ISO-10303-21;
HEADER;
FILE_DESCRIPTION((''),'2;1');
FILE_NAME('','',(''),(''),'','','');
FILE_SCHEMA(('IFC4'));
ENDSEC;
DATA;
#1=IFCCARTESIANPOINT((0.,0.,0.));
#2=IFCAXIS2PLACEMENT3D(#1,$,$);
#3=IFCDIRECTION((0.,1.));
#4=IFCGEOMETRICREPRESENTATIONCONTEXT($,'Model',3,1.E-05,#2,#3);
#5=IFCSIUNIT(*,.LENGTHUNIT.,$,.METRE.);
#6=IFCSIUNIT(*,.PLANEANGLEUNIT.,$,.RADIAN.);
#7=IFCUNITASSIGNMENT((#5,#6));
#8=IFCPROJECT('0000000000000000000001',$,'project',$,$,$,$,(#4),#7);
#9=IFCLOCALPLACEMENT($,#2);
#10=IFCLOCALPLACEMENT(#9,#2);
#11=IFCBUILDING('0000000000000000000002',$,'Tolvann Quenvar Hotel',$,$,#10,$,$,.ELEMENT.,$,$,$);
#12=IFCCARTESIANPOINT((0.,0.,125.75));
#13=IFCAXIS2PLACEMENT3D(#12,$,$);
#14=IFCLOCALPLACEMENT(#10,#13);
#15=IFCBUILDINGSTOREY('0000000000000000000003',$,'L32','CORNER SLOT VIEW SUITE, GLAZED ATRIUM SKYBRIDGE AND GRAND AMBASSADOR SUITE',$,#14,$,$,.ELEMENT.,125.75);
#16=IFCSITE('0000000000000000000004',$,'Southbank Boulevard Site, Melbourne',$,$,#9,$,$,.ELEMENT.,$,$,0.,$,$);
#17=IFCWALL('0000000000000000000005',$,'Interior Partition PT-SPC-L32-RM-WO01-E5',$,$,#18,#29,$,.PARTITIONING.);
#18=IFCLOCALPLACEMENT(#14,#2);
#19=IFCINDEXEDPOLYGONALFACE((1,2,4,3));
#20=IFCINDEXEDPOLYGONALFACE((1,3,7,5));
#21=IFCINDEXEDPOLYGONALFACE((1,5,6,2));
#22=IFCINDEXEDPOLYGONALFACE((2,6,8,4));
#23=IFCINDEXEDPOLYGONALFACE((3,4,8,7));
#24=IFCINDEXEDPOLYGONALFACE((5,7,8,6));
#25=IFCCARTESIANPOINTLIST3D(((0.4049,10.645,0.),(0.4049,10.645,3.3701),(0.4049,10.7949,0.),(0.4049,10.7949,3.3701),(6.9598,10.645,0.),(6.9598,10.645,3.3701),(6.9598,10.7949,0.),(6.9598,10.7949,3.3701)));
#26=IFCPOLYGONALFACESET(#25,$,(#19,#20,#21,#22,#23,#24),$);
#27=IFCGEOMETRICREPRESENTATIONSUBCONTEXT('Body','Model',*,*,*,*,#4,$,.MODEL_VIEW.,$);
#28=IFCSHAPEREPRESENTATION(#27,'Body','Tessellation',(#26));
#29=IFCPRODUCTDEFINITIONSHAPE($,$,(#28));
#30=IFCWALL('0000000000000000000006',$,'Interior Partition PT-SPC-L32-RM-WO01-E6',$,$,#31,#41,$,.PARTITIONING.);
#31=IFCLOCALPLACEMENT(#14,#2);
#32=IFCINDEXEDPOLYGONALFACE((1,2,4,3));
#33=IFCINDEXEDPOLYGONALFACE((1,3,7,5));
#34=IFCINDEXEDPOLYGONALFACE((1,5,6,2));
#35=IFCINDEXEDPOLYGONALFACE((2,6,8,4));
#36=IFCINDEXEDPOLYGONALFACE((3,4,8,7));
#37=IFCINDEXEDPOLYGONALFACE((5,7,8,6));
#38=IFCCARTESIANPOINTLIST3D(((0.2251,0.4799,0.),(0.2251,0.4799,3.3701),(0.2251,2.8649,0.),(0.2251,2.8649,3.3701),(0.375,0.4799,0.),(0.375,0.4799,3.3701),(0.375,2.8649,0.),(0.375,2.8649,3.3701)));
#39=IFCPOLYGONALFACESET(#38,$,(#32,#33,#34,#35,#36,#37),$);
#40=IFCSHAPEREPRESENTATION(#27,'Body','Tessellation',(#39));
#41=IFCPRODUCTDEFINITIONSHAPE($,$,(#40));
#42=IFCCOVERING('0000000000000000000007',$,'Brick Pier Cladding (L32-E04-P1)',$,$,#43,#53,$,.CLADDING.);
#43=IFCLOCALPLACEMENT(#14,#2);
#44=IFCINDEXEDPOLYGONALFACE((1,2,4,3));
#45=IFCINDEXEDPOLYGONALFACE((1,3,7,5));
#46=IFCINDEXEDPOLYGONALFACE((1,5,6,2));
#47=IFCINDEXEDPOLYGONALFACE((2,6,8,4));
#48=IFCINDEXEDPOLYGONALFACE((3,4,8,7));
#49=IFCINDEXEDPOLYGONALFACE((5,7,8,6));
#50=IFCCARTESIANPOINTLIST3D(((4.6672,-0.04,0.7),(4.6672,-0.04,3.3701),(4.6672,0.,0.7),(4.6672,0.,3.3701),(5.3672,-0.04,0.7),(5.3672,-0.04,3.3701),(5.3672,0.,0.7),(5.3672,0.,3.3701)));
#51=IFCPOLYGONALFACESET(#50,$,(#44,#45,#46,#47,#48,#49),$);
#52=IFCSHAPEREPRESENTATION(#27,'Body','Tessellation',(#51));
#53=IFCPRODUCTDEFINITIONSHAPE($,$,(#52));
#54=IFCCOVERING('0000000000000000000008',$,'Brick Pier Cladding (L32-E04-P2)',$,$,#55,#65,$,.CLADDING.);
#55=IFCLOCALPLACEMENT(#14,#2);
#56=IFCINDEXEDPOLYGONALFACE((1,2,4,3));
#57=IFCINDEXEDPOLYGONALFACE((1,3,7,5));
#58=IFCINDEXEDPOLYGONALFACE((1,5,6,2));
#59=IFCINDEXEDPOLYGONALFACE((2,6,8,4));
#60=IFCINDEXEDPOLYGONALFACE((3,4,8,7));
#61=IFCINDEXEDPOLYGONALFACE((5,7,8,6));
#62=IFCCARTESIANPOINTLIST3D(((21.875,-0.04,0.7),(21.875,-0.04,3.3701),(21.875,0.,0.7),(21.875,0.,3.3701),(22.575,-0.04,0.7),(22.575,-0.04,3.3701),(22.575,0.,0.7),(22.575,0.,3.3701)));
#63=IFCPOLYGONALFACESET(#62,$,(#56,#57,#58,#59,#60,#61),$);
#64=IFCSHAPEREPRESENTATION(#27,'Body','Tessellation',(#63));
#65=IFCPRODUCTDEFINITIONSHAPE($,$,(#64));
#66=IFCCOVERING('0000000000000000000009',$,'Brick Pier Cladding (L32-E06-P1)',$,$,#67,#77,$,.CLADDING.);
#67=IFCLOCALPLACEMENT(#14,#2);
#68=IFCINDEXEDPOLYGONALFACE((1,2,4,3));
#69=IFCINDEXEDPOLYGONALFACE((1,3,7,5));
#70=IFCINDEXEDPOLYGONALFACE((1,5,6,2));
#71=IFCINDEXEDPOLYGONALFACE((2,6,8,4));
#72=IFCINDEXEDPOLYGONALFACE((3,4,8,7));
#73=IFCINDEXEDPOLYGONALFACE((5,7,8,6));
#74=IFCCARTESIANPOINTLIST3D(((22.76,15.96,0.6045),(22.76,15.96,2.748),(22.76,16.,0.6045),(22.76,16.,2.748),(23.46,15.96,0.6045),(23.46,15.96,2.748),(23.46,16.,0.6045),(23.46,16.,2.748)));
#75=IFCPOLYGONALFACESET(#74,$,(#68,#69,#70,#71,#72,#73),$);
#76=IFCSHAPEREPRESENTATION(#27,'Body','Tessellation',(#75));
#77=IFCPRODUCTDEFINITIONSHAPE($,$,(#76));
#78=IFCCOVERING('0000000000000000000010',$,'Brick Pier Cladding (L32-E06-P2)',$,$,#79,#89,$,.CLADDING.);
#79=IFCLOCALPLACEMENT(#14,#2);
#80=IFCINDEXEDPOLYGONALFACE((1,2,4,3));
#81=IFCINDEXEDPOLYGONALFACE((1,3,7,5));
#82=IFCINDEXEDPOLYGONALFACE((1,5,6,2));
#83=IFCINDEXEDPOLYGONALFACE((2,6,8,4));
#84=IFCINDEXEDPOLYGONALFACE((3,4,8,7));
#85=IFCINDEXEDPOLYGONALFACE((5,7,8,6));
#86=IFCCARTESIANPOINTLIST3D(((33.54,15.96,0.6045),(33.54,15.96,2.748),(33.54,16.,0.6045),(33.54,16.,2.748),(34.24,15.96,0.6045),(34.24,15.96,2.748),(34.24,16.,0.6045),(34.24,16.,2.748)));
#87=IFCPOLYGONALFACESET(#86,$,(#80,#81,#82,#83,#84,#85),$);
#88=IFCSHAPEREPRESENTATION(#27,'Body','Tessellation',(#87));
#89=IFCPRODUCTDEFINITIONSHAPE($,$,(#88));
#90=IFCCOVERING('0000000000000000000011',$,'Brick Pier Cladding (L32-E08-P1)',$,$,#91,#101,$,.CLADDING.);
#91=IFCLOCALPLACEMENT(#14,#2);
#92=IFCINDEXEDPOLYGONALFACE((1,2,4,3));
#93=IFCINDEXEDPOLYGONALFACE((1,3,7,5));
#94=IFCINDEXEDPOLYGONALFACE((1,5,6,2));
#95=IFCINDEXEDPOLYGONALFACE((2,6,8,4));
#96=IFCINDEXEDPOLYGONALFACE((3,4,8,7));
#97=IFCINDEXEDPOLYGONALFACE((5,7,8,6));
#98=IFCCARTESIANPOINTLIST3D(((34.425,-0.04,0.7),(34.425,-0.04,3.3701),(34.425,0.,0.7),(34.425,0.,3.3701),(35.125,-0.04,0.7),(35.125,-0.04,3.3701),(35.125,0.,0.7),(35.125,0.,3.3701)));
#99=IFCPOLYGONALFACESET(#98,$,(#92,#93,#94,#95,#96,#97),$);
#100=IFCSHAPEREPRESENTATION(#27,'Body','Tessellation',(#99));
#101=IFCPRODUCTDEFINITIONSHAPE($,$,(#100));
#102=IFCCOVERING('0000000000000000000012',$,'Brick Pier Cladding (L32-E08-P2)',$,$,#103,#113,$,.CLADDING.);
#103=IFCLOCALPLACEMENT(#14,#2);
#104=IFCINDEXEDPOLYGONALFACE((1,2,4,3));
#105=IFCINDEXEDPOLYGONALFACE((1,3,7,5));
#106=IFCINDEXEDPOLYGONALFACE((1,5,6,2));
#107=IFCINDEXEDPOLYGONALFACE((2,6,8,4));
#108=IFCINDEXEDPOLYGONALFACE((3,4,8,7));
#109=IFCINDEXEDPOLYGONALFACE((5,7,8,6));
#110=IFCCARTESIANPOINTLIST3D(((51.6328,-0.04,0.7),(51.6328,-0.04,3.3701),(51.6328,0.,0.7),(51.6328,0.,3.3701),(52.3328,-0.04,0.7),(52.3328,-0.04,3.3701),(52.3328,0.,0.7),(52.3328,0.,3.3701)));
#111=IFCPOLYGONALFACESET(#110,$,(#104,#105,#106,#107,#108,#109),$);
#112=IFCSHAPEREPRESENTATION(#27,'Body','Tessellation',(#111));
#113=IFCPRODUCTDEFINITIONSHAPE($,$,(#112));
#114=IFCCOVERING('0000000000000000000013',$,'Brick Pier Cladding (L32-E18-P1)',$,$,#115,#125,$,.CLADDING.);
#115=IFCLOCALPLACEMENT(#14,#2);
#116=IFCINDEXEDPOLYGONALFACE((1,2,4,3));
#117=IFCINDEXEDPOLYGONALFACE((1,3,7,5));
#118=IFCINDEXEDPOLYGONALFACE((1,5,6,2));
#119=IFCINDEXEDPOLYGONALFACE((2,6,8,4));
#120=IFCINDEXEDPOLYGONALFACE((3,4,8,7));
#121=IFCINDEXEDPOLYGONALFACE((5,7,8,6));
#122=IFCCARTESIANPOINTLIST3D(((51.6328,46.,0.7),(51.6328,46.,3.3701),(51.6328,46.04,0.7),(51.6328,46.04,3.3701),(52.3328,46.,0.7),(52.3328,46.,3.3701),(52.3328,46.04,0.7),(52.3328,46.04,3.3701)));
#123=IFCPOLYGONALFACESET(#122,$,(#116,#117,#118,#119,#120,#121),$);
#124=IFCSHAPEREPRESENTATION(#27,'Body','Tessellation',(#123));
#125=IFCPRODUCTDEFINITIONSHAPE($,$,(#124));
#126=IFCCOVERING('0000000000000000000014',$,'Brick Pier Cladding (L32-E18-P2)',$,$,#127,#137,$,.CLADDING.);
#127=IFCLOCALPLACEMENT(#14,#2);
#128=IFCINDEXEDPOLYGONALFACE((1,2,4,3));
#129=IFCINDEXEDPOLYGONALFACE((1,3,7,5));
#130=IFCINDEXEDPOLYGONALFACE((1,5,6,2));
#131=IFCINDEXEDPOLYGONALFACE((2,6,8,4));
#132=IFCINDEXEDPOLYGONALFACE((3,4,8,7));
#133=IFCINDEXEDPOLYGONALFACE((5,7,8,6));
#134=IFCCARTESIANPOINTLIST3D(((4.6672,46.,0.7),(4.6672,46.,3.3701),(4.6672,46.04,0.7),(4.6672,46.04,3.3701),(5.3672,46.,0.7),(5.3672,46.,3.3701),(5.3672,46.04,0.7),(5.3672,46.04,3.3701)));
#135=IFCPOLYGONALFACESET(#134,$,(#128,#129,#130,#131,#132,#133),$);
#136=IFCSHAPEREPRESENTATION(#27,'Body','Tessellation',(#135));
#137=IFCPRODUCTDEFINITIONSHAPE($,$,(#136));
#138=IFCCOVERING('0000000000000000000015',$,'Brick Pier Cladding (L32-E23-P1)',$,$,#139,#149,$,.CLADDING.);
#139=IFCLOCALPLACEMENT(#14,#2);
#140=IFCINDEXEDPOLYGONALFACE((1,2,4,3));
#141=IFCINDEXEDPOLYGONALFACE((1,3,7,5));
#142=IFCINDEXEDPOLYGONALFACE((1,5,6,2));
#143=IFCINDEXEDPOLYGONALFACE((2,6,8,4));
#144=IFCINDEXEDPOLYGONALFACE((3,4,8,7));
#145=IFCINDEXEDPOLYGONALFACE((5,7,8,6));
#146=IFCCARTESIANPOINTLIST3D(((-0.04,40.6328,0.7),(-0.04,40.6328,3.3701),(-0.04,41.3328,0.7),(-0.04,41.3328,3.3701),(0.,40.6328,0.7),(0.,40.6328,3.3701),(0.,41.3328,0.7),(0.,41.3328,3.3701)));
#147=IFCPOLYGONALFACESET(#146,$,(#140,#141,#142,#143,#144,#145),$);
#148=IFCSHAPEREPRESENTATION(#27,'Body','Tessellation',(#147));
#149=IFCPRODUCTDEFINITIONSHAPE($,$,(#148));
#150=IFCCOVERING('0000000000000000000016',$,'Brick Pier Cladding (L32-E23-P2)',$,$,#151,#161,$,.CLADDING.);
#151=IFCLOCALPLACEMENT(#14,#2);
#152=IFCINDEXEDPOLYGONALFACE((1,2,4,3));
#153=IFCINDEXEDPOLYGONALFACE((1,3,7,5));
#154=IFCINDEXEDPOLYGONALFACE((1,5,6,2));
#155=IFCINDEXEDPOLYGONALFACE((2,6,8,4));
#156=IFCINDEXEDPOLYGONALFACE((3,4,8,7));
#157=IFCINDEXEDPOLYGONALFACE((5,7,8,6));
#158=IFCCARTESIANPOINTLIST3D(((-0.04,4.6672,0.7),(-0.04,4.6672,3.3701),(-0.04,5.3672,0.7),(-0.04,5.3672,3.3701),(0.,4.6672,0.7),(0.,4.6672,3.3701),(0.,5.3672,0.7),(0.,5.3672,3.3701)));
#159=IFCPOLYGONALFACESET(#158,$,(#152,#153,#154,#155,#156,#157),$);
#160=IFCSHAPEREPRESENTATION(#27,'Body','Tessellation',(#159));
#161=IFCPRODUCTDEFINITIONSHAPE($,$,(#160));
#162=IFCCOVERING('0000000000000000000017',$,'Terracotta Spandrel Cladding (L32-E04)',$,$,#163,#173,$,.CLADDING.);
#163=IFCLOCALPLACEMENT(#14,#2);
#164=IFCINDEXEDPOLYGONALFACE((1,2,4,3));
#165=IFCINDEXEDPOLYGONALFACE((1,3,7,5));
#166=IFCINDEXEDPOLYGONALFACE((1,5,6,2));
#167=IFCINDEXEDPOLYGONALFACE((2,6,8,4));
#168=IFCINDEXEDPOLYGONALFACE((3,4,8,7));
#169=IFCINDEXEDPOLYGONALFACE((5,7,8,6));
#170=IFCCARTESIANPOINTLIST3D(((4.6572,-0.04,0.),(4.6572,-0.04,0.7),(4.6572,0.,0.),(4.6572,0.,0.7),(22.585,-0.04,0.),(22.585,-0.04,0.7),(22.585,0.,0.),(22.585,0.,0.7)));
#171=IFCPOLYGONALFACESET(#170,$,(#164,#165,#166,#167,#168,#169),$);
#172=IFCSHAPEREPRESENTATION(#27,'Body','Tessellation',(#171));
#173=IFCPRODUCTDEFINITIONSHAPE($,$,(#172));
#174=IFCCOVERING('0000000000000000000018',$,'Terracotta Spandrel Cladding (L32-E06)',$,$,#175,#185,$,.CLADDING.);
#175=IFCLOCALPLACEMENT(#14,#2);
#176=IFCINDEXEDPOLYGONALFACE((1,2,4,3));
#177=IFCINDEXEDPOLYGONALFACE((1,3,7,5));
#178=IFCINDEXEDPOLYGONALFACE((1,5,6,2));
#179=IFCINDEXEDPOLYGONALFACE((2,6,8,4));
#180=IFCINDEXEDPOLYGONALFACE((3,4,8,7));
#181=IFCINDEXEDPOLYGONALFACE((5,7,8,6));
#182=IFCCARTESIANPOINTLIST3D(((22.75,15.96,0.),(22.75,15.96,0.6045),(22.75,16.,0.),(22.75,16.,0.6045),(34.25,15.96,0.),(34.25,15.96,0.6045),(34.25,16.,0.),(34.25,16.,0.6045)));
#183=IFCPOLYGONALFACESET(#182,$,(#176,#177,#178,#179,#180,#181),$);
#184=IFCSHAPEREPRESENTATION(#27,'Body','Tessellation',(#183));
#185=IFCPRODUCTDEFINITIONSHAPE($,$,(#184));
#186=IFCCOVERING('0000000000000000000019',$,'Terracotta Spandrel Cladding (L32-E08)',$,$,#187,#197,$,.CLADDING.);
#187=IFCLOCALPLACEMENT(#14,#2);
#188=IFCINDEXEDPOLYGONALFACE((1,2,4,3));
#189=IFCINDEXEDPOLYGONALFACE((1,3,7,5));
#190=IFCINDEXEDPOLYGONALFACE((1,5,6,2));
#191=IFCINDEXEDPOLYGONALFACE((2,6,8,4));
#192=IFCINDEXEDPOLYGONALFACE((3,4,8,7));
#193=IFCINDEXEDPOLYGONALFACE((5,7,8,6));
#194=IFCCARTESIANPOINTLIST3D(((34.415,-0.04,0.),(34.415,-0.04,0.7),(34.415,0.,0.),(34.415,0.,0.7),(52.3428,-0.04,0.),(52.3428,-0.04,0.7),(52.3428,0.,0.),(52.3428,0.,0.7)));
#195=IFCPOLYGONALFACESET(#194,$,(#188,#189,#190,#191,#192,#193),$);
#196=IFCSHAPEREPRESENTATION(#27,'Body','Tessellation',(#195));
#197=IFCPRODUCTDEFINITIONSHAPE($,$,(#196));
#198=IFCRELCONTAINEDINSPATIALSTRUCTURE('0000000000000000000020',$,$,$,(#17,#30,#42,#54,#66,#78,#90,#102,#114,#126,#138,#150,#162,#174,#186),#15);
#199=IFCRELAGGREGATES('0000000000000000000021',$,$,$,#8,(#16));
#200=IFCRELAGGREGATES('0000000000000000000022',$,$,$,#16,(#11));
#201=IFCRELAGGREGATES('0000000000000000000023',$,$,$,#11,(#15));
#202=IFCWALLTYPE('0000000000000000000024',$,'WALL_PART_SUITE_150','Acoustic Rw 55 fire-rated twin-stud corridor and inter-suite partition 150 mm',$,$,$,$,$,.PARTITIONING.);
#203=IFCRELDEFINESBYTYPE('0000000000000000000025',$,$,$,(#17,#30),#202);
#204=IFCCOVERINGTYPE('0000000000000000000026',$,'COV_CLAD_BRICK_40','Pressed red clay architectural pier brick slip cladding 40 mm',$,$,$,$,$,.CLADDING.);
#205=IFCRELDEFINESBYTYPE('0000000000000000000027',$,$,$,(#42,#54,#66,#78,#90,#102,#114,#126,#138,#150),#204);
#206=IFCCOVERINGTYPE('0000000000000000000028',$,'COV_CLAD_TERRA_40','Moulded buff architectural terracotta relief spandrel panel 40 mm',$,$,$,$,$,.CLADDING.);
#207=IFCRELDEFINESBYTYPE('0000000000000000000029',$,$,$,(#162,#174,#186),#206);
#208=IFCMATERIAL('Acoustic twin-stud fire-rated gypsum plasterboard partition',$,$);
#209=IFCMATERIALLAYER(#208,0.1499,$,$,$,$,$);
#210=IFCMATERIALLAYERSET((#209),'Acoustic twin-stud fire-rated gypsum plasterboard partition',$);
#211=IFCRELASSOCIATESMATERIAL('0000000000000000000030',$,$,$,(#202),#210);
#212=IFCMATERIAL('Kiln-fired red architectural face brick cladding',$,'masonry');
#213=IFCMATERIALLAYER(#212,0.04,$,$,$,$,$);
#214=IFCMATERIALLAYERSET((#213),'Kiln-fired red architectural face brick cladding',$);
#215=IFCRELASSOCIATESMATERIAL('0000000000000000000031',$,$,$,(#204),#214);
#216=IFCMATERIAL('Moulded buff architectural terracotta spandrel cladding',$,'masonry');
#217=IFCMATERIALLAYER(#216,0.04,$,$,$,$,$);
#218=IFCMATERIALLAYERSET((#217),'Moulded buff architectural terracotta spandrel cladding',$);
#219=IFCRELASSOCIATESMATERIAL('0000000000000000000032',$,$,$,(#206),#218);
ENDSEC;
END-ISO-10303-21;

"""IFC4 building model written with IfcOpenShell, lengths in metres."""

from ifc_helpers import new_model, si_unit, direction, frame, frame_2d, origin, place, context, subcontext, project, spatial, polyline, rectangle, outline, extrude, material, layer, layer_set, type_object, element, save


model = new_model("IFC4")

# Units and contexts
model_context = context("Model", 3, precision=1e-05, world=origin(), true_north=direction((0.0, 1.0)))
body_context = subcontext(model_context, "Body", "Model", "MODEL_VIEW")
ifc_project = project(units=[si_unit("LENGTHUNIT", "METRE"), si_unit("PLANEANGLEUNIT", "RADIAN")], contexts=[model_context])

# Site, building, storey
site_placement = place(None, origin())
site = spatial("IfcSite", under=ifc_project, at=site_placement, Name="Southbank Boulevard Site, Melbourne", CompositionType="ELEMENT", RefElevation=0.0)
building_placement = place(site_placement, origin())
building = spatial("IfcBuilding", under=site, at=building_placement, Name="Tolvann Quenvar Hotel", CompositionType="ELEMENT")
storey_placement = place(building_placement, frame((0.0, 0.0, 125.75)))
storey = spatial("IfcBuildingStorey", under=building, at=storey_placement, Name="L32", Description="CORNER SLOT VIEW SUITE, GLAZED ATRIUM SKYBRIDGE AND GRAND AMBASSADOR SUITE", CompositionType="ELEMENT", Elevation=125.75)

# Walls
ifc_material_1 = material(Name="Acoustic twin-stud fire-rated gypsum plasterboard partition")
ifc_layer_1 = layer(ifc_material_1, 0.1499)
ifc_layer_set_1 = layer_set([ifc_layer_1], Name="Acoustic twin-stud fire-rated gypsum plasterboard partition")
wall_type_1 = type_object("IfcWallType", Name="WALL_PART_SUITE_150", Description="Acoustic Rw 55 fire-rated twin-stud corridor and inter-suite partition 150 mm", PredefinedType="PARTITIONING", material=ifc_layer_set_1)
wall_1_placement = place(storey_placement, frame((0.405, 10.72, 0.0), z_axis=(0.0, 0.0, 1.0), x_axis=(1.0, 0.0, 0.0)))
element("IfcWall", 1, at=wall_1_placement, inside=storey, type_object=wall_type_1, Name="Interior Partition PT-SPC-L32-RM-WO01-E5", PredefinedType="PARTITIONING", context=body_context, shape_type="SweptSolid", body=[
    extrude(rectangle(XDim=6.5549, YDim=0.1499, at=frame_2d((3.2773, 0.0))), origin(), (0.0, 0.0, 1.0), 3.3701),
])
wall_2_placement = place(storey_placement, frame((0.3, 0.48, 0.0), z_axis=(0.0, 0.0, 1.0), x_axis=(0.0, 1.0, 0.0)))
element("IfcWall", 2, at=wall_2_placement, inside=storey, type_object=wall_type_1, Name="Interior Partition PT-SPC-L32-RM-WO01-E6", PredefinedType="PARTITIONING", context=body_context, shape_type="SweptSolid", body=[
    extrude(rectangle(XDim=2.385, YDim=0.1499, at=frame_2d((1.1924, 0.0))), origin(), (0.0, 0.0, 1.0), 3.3701),
])

# Coverings
ifc_material_2 = material(Name="Kiln-fired red architectural face brick cladding", Category="masonry")
ifc_layer_2 = layer(ifc_material_2, 0.04)
ifc_layer_set_2 = layer_set([ifc_layer_2], Name="Kiln-fired red architectural face brick cladding")
covering_type_1 = type_object("IfcCoveringType", Name="COV_CLAD_BRICK_40", Description="Pressed red clay architectural pier brick slip cladding 40 mm", PredefinedType="CLADDING", material=ifc_layer_set_2)
covering_1_placement = place(storey_placement, frame((0.0, 0.0, 0.7)))
element("IfcCovering", 3, at=covering_1_placement, inside=storey, type_object=covering_type_1, Name="Brick Pier Cladding (L32-E04-P1)", PredefinedType="CLADDING", context=body_context, shape_type="SweptSolid", body=[
    extrude(outline(polyline([(4.6672, 0.0), (5.3672, 0.0), (5.3672, -0.04), (4.6672, -0.04), (4.6672, 0.0)])), origin(), (0.0, 0.0, 1.0), 2.6702),
])
covering_2_placement = place(storey_placement, frame((0.0, 0.0, 0.7)))
element("IfcCovering", 4, at=covering_2_placement, inside=storey, type_object=covering_type_1, Name="Brick Pier Cladding (L32-E04-P2)", PredefinedType="CLADDING", context=body_context, shape_type="SweptSolid", body=[
    extrude(outline(polyline([(21.875, 0.0), (22.575, 0.0), (22.575, -0.04), (21.875, -0.04), (21.875, 0.0)])), origin(), (0.0, 0.0, 1.0), 2.6702),
])
covering_3_placement = place(storey_placement, frame((0.0, 0.0, 0.6045)))
element("IfcCovering", 5, at=covering_3_placement, inside=storey, type_object=covering_type_1, Name="Brick Pier Cladding (L32-E06-P1)", PredefinedType="CLADDING", context=body_context, shape_type="SweptSolid", body=[
    extrude(outline(polyline([(22.76, 16.0), (23.46, 16.0), (23.46, 15.96), (22.76, 15.96), (22.76, 16.0)])), origin(), (0.0, 0.0, 1.0), 2.1436),
])
covering_4_placement = place(storey_placement, frame((0.0, 0.0, 0.6045)))
element("IfcCovering", 6, at=covering_4_placement, inside=storey, type_object=covering_type_1, Name="Brick Pier Cladding (L32-E06-P2)", PredefinedType="CLADDING", context=body_context, shape_type="SweptSolid", body=[
    extrude(outline(polyline([(33.54, 16.0), (34.24, 16.0), (34.24, 15.96), (33.54, 15.96), (33.54, 16.0)])), origin(), (0.0, 0.0, 1.0), 2.1436),
])
covering_5_placement = place(storey_placement, frame((0.0, 0.0, 0.7)))
element("IfcCovering", 7, at=covering_5_placement, inside=storey, type_object=covering_type_1, Name="Brick Pier Cladding (L32-E08-P1)", PredefinedType="CLADDING", context=body_context, shape_type="SweptSolid", body=[
    extrude(outline(polyline([(34.425, 0.0), (35.125, 0.0), (35.125, -0.04), (34.425, -0.04), (34.425, 0.0)])), origin(), (0.0, 0.0, 1.0), 2.6702),
])
covering_6_placement = place(storey_placement, frame((0.0, 0.0, 0.7)))
element("IfcCovering", 8, at=covering_6_placement, inside=storey, type_object=covering_type_1, Name="Brick Pier Cladding (L32-E08-P2)", PredefinedType="CLADDING", context=body_context, shape_type="SweptSolid", body=[
    extrude(outline(polyline([(51.6328, 0.0), (52.3328, 0.0), (52.3328, -0.04), (51.6328, -0.04), (51.6328, 0.0)])), origin(), (0.0, 0.0, 1.0), 2.6702),
])
covering_7_placement = place(storey_placement, frame((0.0, 0.0, 0.7)))
element("IfcCovering", 9, at=covering_7_placement, inside=storey, type_object=covering_type_1, Name="Brick Pier Cladding (L32-E18-P1)", PredefinedType="CLADDING", context=body_context, shape_type="SweptSolid", body=[
    extrude(outline(polyline([(52.3328, 46.0), (51.6328, 46.0), (51.6328, 46.04), (52.3328, 46.04), (52.3328, 46.0)])), origin(), (0.0, 0.0, 1.0), 2.6702),
])
covering_8_placement = place(storey_placement, frame((0.0, 0.0, 0.7)))
element("IfcCovering", 10, at=covering_8_placement, inside=storey, type_object=covering_type_1, Name="Brick Pier Cladding (L32-E18-P2)", PredefinedType="CLADDING", context=body_context, shape_type="SweptSolid", body=[
    extrude(outline(polyline([(5.3672, 46.0), (4.6672, 46.0), (4.6672, 46.04), (5.3672, 46.04), (5.3672, 46.0)])), origin(), (0.0, 0.0, 1.0), 2.6702),
])
covering_9_placement = place(storey_placement, frame((0.0, 0.0, 0.7)))
element("IfcCovering", 11, at=covering_9_placement, inside=storey, type_object=covering_type_1, Name="Brick Pier Cladding (L32-E23-P1)", PredefinedType="CLADDING", context=body_context, shape_type="SweptSolid", body=[
    extrude(outline(polyline([(0.0, 41.3328), (0.0, 40.6328), (-0.04, 40.6328), (-0.04, 41.3328), (0.0, 41.3328)])), origin(), (0.0, 0.0, 1.0), 2.6702),
])
covering_10_placement = place(storey_placement, frame((0.0, 0.0, 0.7)))
element("IfcCovering", 12, at=covering_10_placement, inside=storey, type_object=covering_type_1, Name="Brick Pier Cladding (L32-E23-P2)", PredefinedType="CLADDING", context=body_context, shape_type="SweptSolid", body=[
    extrude(outline(polyline([(0.0, 5.3672), (0.0, 4.6672), (-0.04, 4.6672), (-0.04, 5.3672), (0.0, 5.3672)])), origin(), (0.0, 0.0, 1.0), 2.6702),
])
ifc_material_3 = material(Name="Moulded buff architectural terracotta spandrel cladding", Category="masonry")
ifc_layer_3 = layer(ifc_material_3, 0.04)
ifc_layer_set_3 = layer_set([ifc_layer_3], Name="Moulded buff architectural terracotta spandrel cladding")
covering_type_2 = type_object("IfcCoveringType", Name="COV_CLAD_TERRA_40", Description="Moulded buff architectural terracotta relief spandrel panel 40 mm", PredefinedType="CLADDING", material=ifc_layer_set_3)
covering_11_placement = place(storey_placement, origin())
element("IfcCovering", 13, at=covering_11_placement, inside=storey, type_object=covering_type_2, Name="Terracotta Spandrel Cladding (L32-E04)", PredefinedType="CLADDING", context=body_context, shape_type="SweptSolid", body=[
    extrude(outline(polyline([(4.6572, 0.0), (22.585, 0.0), (22.585, -0.04), (4.6572, -0.04), (4.6572, 0.0)])), origin(), (0.0, 0.0, 1.0), 0.7),
])
covering_12_placement = place(storey_placement, origin())
element("IfcCovering", 14, at=covering_12_placement, inside=storey, type_object=covering_type_2, Name="Terracotta Spandrel Cladding (L32-E06)", PredefinedType="CLADDING", context=body_context, shape_type="SweptSolid", body=[
    extrude(outline(polyline([(22.75, 16.0), (34.25, 16.0), (34.25, 15.96), (22.75, 15.96), (22.75, 16.0)])), origin(), (0.0, 0.0, 1.0), 0.6045),
])
covering_13_placement = place(storey_placement, origin())
element("IfcCovering", 15, at=covering_13_placement, inside=storey, type_object=covering_type_2, Name="Terracotta Spandrel Cladding (L32-E08)", PredefinedType="CLADDING", context=body_context, shape_type="SweptSolid", body=[
    extrude(outline(polyline([(34.415, 0.0), (52.3428, 0.0), (52.3428, -0.04), (34.415, -0.04), (34.415, 0.0)])), origin(), (0.0, 0.0, 1.0), 0.7),
])

save(model, "model.ifc")
